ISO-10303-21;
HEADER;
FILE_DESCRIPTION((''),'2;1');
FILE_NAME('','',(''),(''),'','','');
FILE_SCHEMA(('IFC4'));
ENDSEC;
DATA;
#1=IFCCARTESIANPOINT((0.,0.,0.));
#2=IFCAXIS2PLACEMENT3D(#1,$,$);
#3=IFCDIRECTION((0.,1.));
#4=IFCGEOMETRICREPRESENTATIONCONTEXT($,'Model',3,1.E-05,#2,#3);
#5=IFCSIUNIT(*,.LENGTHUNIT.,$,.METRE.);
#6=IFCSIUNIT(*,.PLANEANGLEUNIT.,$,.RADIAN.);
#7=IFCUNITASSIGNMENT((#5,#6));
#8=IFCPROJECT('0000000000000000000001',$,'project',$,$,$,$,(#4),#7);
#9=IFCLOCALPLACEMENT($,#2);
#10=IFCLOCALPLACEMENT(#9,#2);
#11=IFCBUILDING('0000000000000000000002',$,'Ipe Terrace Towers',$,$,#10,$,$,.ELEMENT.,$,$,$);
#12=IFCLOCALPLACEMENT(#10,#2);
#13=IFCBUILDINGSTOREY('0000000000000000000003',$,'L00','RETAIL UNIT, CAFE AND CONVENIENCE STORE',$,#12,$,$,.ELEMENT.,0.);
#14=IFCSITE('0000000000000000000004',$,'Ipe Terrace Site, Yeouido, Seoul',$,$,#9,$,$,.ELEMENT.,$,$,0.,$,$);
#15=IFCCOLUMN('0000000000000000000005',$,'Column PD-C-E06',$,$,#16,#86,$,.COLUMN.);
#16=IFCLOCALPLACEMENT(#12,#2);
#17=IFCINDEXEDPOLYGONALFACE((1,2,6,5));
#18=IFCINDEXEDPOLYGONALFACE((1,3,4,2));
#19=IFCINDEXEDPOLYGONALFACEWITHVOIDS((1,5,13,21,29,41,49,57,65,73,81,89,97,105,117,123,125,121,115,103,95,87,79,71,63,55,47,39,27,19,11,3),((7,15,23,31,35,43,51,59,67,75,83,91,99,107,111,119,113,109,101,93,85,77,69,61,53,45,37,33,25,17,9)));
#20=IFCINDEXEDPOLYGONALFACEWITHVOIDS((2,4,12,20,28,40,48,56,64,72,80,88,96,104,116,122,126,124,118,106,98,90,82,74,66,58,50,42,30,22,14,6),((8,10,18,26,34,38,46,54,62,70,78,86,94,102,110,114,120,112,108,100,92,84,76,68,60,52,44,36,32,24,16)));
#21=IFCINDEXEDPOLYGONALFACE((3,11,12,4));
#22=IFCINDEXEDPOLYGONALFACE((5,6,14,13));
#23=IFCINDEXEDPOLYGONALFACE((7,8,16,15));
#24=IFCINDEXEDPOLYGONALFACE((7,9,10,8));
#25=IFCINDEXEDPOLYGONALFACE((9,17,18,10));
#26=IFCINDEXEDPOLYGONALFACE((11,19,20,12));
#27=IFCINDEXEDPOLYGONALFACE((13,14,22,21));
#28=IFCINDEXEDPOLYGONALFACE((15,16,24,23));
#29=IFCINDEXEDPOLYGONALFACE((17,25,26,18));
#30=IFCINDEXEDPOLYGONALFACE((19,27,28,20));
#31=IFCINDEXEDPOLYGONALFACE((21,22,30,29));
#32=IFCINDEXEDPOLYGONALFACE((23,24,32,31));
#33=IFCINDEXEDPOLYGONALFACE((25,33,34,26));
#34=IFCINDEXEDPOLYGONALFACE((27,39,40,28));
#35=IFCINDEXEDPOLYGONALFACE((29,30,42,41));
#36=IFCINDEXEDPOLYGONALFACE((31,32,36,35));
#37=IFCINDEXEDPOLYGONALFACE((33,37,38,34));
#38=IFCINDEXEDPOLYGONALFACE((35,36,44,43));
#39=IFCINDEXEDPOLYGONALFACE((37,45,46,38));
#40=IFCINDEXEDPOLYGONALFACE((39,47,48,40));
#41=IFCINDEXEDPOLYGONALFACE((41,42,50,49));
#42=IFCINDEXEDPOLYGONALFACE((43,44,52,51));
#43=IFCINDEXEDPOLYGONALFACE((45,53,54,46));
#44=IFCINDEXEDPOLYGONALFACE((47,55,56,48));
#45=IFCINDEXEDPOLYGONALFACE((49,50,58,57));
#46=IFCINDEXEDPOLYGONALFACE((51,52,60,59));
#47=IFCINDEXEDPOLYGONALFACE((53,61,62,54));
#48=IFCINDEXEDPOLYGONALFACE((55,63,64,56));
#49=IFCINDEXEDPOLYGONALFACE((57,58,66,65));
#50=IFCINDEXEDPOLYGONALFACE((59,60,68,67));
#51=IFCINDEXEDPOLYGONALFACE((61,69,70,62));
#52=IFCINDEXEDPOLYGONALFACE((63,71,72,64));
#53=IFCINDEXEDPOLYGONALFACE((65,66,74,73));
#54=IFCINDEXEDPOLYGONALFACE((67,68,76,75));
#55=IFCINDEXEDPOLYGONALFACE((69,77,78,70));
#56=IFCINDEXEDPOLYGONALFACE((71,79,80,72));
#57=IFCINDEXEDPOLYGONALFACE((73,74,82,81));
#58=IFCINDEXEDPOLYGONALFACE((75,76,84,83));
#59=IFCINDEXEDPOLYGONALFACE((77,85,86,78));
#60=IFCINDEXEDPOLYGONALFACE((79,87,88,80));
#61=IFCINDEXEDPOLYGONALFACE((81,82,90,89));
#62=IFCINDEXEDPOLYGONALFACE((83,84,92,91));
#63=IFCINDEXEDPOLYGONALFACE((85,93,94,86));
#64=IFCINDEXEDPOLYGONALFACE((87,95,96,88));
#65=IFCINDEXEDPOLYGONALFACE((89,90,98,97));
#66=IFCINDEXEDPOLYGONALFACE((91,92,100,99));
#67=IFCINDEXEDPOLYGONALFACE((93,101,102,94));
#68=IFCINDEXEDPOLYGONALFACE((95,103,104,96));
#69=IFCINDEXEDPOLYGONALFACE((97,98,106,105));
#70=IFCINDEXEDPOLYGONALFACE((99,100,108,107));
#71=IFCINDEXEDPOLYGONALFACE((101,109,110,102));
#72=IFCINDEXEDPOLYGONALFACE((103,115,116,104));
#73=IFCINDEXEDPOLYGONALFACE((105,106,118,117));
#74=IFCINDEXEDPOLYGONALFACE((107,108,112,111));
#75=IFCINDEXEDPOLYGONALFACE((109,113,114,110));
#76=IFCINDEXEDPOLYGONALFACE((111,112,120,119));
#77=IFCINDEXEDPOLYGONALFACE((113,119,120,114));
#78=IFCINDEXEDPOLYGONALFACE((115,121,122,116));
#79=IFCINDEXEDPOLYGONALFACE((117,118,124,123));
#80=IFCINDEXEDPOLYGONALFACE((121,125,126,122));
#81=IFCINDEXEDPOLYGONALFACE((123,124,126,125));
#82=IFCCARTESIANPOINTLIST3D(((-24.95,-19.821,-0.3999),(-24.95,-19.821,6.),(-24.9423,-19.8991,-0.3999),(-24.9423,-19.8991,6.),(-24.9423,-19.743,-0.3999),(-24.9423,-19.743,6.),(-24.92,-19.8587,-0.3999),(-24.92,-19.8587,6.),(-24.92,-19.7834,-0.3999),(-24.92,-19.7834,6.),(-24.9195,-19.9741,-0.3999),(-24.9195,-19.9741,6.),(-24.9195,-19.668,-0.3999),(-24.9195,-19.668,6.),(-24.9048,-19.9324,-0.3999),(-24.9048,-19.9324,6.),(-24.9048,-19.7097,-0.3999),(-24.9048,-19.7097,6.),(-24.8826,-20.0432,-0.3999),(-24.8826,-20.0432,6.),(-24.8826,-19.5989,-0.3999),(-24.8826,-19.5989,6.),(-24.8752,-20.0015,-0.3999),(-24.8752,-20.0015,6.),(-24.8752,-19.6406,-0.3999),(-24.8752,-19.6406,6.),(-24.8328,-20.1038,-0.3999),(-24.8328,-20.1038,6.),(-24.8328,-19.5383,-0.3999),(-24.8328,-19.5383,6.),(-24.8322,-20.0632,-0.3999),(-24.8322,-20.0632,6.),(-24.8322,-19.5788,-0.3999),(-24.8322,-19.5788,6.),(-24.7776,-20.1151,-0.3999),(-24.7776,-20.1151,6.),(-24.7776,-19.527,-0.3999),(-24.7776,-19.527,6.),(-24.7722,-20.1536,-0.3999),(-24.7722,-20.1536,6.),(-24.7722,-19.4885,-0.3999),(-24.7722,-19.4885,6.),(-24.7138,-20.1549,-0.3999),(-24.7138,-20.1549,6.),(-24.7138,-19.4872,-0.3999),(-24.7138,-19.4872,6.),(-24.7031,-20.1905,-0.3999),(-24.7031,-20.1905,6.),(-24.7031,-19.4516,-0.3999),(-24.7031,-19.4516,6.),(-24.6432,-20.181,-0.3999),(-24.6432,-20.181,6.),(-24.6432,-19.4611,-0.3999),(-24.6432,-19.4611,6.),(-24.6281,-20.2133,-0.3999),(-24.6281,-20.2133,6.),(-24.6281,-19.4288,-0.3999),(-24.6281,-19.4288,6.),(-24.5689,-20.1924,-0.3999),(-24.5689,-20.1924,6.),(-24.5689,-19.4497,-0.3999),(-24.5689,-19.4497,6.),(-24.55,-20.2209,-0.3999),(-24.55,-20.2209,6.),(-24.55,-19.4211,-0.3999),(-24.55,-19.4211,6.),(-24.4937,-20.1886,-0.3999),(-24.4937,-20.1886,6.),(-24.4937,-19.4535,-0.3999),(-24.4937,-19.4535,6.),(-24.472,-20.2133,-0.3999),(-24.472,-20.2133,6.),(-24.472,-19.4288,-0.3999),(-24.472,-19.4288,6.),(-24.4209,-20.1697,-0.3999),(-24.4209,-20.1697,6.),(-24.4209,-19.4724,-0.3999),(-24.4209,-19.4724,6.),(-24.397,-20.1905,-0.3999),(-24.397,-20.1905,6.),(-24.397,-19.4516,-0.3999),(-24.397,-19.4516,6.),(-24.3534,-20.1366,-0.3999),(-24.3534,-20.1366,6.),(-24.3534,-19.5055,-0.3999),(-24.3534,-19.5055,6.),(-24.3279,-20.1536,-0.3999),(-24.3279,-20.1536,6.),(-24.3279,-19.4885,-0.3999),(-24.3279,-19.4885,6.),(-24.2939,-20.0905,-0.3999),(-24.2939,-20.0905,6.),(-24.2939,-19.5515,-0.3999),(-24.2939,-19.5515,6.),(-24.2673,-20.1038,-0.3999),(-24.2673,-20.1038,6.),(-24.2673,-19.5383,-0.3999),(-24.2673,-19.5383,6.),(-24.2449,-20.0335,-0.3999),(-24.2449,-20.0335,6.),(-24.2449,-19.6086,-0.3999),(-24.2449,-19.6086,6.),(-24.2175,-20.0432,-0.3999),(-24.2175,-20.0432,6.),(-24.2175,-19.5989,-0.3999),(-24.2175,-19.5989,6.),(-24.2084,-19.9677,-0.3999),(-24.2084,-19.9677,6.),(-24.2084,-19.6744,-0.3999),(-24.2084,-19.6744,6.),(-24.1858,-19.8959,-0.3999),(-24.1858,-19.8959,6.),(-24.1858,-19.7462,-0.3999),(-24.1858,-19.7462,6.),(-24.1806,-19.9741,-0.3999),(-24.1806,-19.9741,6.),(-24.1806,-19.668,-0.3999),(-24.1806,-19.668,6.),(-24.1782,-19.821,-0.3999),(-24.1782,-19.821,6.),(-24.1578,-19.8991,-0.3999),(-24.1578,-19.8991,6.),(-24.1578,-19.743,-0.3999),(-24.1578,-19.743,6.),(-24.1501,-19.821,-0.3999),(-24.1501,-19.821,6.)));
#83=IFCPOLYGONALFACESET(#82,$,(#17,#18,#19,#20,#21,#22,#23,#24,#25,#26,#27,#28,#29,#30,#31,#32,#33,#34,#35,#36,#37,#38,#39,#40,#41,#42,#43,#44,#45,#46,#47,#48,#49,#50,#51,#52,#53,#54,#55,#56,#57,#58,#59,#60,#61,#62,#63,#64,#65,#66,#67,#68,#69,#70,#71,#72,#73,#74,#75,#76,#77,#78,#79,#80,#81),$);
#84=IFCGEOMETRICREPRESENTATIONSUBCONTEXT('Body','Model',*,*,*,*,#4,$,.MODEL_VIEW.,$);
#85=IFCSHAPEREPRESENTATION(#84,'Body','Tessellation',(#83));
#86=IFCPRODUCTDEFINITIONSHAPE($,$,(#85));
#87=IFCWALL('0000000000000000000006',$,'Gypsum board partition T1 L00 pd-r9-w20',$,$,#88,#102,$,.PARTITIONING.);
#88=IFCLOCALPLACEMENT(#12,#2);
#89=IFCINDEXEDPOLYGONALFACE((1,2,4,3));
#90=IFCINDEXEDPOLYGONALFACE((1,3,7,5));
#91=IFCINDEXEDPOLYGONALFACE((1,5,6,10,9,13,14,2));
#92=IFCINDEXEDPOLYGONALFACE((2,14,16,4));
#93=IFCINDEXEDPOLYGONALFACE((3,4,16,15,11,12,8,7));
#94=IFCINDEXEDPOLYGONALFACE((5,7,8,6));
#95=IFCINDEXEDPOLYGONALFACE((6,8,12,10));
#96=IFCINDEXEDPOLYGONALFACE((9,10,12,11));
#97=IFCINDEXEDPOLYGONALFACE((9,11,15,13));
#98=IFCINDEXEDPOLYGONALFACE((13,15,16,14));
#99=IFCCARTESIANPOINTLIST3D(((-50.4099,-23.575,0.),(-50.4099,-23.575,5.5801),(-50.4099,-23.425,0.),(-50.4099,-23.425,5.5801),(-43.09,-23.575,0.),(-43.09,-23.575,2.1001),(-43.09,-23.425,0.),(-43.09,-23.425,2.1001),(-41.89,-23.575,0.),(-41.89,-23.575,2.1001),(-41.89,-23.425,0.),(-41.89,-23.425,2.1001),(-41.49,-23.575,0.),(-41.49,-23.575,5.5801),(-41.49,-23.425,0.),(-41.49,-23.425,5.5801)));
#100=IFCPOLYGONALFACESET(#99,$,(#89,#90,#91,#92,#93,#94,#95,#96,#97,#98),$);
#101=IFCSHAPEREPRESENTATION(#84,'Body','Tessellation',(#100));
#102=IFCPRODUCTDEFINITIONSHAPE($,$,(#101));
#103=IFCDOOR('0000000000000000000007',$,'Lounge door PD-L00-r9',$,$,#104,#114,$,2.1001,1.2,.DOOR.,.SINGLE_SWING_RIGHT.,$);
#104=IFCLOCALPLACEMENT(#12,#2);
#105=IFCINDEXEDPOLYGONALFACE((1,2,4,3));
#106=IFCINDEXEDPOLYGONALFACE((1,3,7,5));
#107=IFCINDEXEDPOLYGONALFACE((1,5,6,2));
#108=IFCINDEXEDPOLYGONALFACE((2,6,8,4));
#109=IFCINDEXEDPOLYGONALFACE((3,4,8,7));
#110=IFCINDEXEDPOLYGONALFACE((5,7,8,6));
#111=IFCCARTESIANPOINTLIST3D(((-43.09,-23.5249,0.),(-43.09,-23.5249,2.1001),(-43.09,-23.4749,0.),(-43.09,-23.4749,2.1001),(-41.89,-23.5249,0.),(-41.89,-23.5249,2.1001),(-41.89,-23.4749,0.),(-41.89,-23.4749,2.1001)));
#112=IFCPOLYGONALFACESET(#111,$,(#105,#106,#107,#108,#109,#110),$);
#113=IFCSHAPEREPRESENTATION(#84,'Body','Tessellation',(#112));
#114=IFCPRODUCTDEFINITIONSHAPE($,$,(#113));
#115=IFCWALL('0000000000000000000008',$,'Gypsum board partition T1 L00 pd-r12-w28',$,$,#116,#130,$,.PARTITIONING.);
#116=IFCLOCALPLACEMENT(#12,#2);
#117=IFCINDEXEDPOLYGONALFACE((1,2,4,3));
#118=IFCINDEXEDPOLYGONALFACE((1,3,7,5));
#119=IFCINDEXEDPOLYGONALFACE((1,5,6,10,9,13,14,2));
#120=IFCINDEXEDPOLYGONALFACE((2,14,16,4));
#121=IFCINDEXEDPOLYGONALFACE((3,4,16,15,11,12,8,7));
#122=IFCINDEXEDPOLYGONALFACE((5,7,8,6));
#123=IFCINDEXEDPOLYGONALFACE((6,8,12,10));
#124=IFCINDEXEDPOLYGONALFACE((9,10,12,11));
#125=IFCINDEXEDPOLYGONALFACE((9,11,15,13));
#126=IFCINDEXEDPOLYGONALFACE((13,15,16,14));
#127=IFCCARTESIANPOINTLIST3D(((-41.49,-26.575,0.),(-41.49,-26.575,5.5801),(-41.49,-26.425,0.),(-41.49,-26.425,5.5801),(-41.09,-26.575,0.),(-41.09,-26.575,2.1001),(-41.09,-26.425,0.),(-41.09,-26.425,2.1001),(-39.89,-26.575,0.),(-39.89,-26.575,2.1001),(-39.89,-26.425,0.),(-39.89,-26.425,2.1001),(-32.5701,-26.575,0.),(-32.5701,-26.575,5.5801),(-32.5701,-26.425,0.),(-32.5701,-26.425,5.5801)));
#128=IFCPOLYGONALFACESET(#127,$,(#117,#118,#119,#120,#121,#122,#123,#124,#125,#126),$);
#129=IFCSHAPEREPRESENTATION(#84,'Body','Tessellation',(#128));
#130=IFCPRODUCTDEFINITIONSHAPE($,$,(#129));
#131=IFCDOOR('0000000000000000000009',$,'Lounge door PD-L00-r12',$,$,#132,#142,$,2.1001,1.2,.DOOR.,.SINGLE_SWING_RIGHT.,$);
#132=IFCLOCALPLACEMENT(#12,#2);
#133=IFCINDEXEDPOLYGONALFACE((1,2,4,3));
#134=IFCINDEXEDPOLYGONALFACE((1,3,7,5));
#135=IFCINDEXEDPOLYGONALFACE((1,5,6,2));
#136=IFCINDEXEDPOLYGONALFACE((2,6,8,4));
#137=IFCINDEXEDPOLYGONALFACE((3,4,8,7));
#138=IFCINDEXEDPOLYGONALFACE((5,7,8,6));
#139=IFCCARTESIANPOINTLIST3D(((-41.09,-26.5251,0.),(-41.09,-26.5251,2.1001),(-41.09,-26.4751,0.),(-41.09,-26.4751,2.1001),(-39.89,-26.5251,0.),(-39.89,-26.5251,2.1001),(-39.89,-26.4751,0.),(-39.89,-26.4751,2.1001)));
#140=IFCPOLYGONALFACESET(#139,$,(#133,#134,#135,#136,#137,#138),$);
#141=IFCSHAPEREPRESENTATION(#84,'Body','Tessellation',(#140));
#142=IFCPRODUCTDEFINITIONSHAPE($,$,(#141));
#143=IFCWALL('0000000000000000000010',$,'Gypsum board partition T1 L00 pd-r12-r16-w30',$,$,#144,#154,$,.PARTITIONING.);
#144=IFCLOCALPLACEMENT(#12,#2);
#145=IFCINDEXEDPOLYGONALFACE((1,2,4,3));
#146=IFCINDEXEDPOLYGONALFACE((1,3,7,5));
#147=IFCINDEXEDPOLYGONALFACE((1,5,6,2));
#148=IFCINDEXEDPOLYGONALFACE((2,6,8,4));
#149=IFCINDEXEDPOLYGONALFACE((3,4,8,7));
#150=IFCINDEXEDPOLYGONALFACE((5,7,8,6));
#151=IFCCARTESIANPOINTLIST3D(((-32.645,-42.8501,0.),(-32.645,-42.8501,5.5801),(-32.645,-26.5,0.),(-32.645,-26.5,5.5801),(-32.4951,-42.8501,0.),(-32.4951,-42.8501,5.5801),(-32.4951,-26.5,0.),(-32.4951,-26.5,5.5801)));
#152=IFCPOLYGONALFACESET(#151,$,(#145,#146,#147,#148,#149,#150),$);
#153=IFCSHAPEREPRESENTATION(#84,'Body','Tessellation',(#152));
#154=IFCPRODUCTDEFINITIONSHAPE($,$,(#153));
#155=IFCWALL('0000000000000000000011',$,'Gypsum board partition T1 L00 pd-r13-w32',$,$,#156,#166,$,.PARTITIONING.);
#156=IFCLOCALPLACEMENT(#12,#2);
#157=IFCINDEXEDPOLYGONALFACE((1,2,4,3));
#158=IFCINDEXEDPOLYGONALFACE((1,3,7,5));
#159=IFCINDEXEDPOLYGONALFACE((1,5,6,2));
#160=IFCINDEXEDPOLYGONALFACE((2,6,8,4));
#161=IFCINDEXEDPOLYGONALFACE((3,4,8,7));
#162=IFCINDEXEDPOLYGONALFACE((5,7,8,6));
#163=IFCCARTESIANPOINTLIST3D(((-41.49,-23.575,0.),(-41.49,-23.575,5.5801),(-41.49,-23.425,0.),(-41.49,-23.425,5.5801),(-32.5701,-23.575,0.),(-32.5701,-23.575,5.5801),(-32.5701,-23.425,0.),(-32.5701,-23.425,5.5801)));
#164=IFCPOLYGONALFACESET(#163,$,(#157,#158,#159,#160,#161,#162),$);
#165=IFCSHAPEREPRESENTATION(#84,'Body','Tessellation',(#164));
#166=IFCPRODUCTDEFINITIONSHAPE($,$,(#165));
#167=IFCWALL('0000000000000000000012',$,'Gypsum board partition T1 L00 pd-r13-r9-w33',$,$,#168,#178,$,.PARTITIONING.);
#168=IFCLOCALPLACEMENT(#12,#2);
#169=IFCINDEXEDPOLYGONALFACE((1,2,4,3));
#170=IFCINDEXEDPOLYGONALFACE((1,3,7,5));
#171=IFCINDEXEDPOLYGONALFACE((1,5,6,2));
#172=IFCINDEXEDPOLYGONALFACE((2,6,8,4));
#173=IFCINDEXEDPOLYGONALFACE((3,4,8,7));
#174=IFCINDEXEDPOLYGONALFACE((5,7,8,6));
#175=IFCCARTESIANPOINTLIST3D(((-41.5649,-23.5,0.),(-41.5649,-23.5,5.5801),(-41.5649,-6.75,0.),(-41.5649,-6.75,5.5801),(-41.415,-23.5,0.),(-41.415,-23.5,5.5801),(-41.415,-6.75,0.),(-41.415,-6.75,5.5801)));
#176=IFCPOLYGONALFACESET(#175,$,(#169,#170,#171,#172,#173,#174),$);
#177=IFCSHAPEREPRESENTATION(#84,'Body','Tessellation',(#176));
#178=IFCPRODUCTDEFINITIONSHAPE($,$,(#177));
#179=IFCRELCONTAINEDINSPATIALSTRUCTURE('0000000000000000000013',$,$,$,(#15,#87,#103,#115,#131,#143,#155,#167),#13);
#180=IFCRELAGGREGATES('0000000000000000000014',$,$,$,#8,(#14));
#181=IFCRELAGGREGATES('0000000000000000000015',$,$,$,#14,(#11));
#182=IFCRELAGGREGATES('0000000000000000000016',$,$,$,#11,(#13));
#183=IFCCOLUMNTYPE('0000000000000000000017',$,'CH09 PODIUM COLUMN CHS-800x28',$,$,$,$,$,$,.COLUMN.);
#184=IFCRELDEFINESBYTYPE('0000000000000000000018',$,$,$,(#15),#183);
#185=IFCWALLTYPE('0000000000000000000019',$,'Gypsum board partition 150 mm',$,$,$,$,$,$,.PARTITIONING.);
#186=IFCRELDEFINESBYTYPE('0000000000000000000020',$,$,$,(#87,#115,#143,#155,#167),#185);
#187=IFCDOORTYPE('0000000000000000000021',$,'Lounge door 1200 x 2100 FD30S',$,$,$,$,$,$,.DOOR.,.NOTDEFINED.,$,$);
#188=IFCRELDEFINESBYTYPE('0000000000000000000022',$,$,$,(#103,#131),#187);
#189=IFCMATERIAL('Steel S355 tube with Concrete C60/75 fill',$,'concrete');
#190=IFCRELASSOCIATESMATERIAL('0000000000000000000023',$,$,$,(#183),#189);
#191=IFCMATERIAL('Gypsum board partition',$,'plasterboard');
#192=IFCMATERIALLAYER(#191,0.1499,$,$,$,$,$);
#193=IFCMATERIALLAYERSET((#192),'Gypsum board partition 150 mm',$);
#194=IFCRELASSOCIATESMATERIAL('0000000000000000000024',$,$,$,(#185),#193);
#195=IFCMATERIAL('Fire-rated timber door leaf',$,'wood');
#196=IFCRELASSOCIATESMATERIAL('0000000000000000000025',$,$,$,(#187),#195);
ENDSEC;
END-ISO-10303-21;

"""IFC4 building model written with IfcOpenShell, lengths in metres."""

from ifc_helpers import new_model, si_unit, direction, frame, frame_2d, origin, origin_2d, place, context, subcontext, project, spatial, rectangle, hollow_circle, extrude, material, layer, layer_set, material_profile, profile_set, type_object, element, fill, save


model = new_model("IFC4")

# Units and contexts
model_context = context("Model", 3, precision=1e-05, world=origin(), true_north=direction((0.0, 1.0)))
body_context = subcontext(model_context, "Body", "Model", "MODEL_VIEW")
ifc_project = project(units=[si_unit("LENGTHUNIT", "METRE"), si_unit("PLANEANGLEUNIT", "RADIAN")], contexts=[model_context])

# Site, building, storey
site_placement = place(None, origin())
site = spatial("IfcSite", under=ifc_project, at=site_placement, Name="Ipe Terrace Site, Yeouido, Seoul", CompositionType="ELEMENT", RefElevation=0.0)
building_placement = place(site_placement, origin())
building = spatial("IfcBuilding", under=site, at=building_placement, Name="Ipe Terrace Towers", CompositionType="ELEMENT")
storey_placement = place(building_placement, origin())
storey = spatial("IfcBuildingStorey", under=building, at=storey_placement, Name="L00", Description="RETAIL UNIT, CAFE AND CONVENIENCE STORE", CompositionType="ELEMENT", Elevation=0.0)

# Column
ifc_material_1 = material(Name="Steel S355 tube with Concrete C60/75 fill", Category="concrete")
ifc_material_profile_1 = material_profile(ifc_material_1, hollow_circle(Radius=0.3999, WallThickness=0.0281, at=origin_2d()), Name="CHS-800x28")
ifc_profile_set_1 = profile_set([ifc_material_profile_1], Name="Steel S355 tube with Concrete C60/75 fill")
column_type_1 = type_object("IfcColumnType", Name="CH09 PODIUM COLUMN CHS-800x28", PredefinedType="COLUMN", material=ifc_profile_set_1)
column_placement = place(storey_placement, frame((-24.55, -19.821, -0.3999), z_axis=(0.0, 0.0, 1.0), x_axis=(1.0, 0.0, 0.0)))
element("IfcColumn", 1, at=column_placement, inside=storey, type_object=column_type_1, Name="Column PD-C-E06", PredefinedType="COLUMN", context=body_context, shape_type="SweptSolid", body=[
    extrude(hollow_circle(Radius=0.3999, WallThickness=0.0281, at=origin_2d()), origin(), (0.0, 0.0, 1.0), 6.3999),
])

# Walls, openings, doors
ifc_material_2 = material(Name="Gypsum board partition", Category="plasterboard")
ifc_layer = layer(ifc_material_2, 0.1499)
ifc_layer_set = layer_set([ifc_layer], Name="Gypsum board partition 150 mm")
wall_type = type_object("IfcWallType", Name="Gypsum board partition 150 mm", PredefinedType="PARTITIONING", material=ifc_layer_set)
wall_1_placement = place(storey_placement, frame((-41.49, -23.5, 0.0), z_axis=(0.0, 0.0, 1.0), x_axis=(-1.0, 0.0, 0.0)))
wall_1 = element("IfcWall", 2, at=wall_1_placement, inside=storey, type_object=wall_type, Name="Gypsum board partition T1 L00 pd-r9-w20", PredefinedType="PARTITIONING", context=body_context, shape_type="SweptSolid", body=[
    extrude(rectangle(XDim=8.9199, YDim=0.1499, at=frame_2d((4.46, 0.0))), origin(), (0.0, 0.0, 1.0), 5.5801),
])
opening_1_placement = place(wall_1_placement, frame((0.3999, 0.0, 0.0)))
opening_1 = element("IfcOpeningElement", 3, at=opening_1_placement, cuts=wall_1, PredefinedType="OPENING", context=body_context, shape_type="SweptSolid", body=[
    extrude(rectangle(XDim=1.2, YDim=2.1001, at=frame_2d((0.6001, 1.05))), frame((0.0, 0.085, 0.0), z_axis=(0.0, -1.0, 0.0), x_axis=(1.0, 0.0, 0.0)), (0.0, 0.0, 1.0), 0.1699),
])
ifc_material_3 = material(Name="Fire-rated timber door leaf", Category="wood")
door_type = type_object("IfcDoorType", Name="Lounge door 1200 x 2100 FD30S", OperationType="NOTDEFINED", PredefinedType="DOOR", material=ifc_material_3)
door_1_placement = place(opening_1_placement, origin())
door_1 = element("IfcDoor", 4, at=door_1_placement, inside=storey, type_object=door_type, Name="Lounge door PD-L00-r9", OperationType="SINGLE_SWING_RIGHT", OverallHeight=2.1001, OverallWidth=1.2, PredefinedType="DOOR", context=body_context, shape_type="SweptSolid", body=[
    extrude(rectangle(XDim=1.2, YDim=2.1001, at=frame_2d((0.6001, 1.05))), frame((0.0, 0.0249, 0.0), z_axis=(0.0, -1.0, 0.0), x_axis=(1.0, 0.0, 0.0)), (0.0, 0.0, 1.0), 0.05),
])
fill(opening_1, door_1)
wall_2_placement = place(storey_placement, frame((-41.49, -26.5, 0.0), z_axis=(0.0, 0.0, 1.0), x_axis=(1.0, 0.0, 0.0)))
wall_2 = element("IfcWall", 5, at=wall_2_placement, inside=storey, type_object=wall_type, Name="Gypsum board partition T1 L00 pd-r12-w28", PredefinedType="PARTITIONING", context=body_context, shape_type="SweptSolid", body=[
    extrude(rectangle(XDim=8.9199, YDim=0.1499, at=frame_2d((4.46, 0.0))), origin(), (0.0, 0.0, 1.0), 5.5801),
])
opening_2_placement = place(wall_2_placement, frame((0.3999, 0.0, 0.0)))
opening_2 = element("IfcOpeningElement", 6, at=opening_2_placement, cuts=wall_2, PredefinedType="OPENING", context=body_context, shape_type="SweptSolid", body=[
    extrude(rectangle(XDim=1.2, YDim=2.1001, at=frame_2d((0.6001, 1.05))), frame((0.0, 0.085, 0.0), z_axis=(0.0, -1.0, 0.0), x_axis=(1.0, 0.0, 0.0)), (0.0, 0.0, 1.0), 0.1699),
])
door_2_placement = place(opening_2_placement, origin())
door_2 = element("IfcDoor", 7, at=door_2_placement, inside=storey, type_object=door_type, Name="Lounge door PD-L00-r12", OperationType="SINGLE_SWING_RIGHT", OverallHeight=2.1001, OverallWidth=1.2, PredefinedType="DOOR", context=body_context, shape_type="SweptSolid", body=[
    extrude(rectangle(XDim=1.2, YDim=2.1001, at=frame_2d((0.6001, 1.05))), frame((0.0, 0.0249, 0.0), z_axis=(0.0, -1.0, 0.0), x_axis=(1.0, 0.0, 0.0)), (0.0, 0.0, 1.0), 0.05),
])
fill(opening_2, door_2)

# Walls
wall_3_placement = place(storey_placement, frame((-32.5701, -26.5, 0.0), z_axis=(0.0, 0.0, 1.0), x_axis=(0.0, -1.0, 0.0)))
element("IfcWall", 8, at=wall_3_placement, inside=storey, type_object=wall_type, Name="Gypsum board partition T1 L00 pd-r12-r16-w30", PredefinedType="PARTITIONING", context=body_context, shape_type="SweptSolid", body=[
    extrude(rectangle(XDim=16.3501, YDim=0.1499, at=frame_2d((8.175, 0.0))), origin(), (0.0, 0.0, 1.0), 5.5801),
])
wall_4_placement = place(storey_placement, frame((-32.5701, -23.5, 0.0), z_axis=(0.0, 0.0, 1.0), x_axis=(-1.0, 0.0, 0.0)))
element("IfcWall", 9, at=wall_4_placement, inside=storey, type_object=wall_type, Name="Gypsum board partition T1 L00 pd-r13-w32", PredefinedType="PARTITIONING", context=body_context, shape_type="SweptSolid", body=[
    extrude(rectangle(XDim=8.9199, YDim=0.1499, at=frame_2d((4.46, 0.0))), origin(), (0.0, 0.0, 1.0), 5.5801),
])
wall_5_placement = place(storey_placement, frame((-41.49, -23.5, 0.0), z_axis=(0.0, 0.0, 1.0), x_axis=(0.0, 1.0, 0.0)))
element("IfcWall", 10, at=wall_5_placement, inside=storey, type_object=wall_type, Name="Gypsum board partition T1 L00 pd-r13-r9-w33", PredefinedType="PARTITIONING", context=body_context, shape_type="SweptSolid", body=[
    extrude(rectangle(XDim=16.75, YDim=0.1499, at=frame_2d((8.375, 0.0))), origin(), (0.0, 0.0, 1.0), 5.5801),
])

save(model, "model.ifc")
